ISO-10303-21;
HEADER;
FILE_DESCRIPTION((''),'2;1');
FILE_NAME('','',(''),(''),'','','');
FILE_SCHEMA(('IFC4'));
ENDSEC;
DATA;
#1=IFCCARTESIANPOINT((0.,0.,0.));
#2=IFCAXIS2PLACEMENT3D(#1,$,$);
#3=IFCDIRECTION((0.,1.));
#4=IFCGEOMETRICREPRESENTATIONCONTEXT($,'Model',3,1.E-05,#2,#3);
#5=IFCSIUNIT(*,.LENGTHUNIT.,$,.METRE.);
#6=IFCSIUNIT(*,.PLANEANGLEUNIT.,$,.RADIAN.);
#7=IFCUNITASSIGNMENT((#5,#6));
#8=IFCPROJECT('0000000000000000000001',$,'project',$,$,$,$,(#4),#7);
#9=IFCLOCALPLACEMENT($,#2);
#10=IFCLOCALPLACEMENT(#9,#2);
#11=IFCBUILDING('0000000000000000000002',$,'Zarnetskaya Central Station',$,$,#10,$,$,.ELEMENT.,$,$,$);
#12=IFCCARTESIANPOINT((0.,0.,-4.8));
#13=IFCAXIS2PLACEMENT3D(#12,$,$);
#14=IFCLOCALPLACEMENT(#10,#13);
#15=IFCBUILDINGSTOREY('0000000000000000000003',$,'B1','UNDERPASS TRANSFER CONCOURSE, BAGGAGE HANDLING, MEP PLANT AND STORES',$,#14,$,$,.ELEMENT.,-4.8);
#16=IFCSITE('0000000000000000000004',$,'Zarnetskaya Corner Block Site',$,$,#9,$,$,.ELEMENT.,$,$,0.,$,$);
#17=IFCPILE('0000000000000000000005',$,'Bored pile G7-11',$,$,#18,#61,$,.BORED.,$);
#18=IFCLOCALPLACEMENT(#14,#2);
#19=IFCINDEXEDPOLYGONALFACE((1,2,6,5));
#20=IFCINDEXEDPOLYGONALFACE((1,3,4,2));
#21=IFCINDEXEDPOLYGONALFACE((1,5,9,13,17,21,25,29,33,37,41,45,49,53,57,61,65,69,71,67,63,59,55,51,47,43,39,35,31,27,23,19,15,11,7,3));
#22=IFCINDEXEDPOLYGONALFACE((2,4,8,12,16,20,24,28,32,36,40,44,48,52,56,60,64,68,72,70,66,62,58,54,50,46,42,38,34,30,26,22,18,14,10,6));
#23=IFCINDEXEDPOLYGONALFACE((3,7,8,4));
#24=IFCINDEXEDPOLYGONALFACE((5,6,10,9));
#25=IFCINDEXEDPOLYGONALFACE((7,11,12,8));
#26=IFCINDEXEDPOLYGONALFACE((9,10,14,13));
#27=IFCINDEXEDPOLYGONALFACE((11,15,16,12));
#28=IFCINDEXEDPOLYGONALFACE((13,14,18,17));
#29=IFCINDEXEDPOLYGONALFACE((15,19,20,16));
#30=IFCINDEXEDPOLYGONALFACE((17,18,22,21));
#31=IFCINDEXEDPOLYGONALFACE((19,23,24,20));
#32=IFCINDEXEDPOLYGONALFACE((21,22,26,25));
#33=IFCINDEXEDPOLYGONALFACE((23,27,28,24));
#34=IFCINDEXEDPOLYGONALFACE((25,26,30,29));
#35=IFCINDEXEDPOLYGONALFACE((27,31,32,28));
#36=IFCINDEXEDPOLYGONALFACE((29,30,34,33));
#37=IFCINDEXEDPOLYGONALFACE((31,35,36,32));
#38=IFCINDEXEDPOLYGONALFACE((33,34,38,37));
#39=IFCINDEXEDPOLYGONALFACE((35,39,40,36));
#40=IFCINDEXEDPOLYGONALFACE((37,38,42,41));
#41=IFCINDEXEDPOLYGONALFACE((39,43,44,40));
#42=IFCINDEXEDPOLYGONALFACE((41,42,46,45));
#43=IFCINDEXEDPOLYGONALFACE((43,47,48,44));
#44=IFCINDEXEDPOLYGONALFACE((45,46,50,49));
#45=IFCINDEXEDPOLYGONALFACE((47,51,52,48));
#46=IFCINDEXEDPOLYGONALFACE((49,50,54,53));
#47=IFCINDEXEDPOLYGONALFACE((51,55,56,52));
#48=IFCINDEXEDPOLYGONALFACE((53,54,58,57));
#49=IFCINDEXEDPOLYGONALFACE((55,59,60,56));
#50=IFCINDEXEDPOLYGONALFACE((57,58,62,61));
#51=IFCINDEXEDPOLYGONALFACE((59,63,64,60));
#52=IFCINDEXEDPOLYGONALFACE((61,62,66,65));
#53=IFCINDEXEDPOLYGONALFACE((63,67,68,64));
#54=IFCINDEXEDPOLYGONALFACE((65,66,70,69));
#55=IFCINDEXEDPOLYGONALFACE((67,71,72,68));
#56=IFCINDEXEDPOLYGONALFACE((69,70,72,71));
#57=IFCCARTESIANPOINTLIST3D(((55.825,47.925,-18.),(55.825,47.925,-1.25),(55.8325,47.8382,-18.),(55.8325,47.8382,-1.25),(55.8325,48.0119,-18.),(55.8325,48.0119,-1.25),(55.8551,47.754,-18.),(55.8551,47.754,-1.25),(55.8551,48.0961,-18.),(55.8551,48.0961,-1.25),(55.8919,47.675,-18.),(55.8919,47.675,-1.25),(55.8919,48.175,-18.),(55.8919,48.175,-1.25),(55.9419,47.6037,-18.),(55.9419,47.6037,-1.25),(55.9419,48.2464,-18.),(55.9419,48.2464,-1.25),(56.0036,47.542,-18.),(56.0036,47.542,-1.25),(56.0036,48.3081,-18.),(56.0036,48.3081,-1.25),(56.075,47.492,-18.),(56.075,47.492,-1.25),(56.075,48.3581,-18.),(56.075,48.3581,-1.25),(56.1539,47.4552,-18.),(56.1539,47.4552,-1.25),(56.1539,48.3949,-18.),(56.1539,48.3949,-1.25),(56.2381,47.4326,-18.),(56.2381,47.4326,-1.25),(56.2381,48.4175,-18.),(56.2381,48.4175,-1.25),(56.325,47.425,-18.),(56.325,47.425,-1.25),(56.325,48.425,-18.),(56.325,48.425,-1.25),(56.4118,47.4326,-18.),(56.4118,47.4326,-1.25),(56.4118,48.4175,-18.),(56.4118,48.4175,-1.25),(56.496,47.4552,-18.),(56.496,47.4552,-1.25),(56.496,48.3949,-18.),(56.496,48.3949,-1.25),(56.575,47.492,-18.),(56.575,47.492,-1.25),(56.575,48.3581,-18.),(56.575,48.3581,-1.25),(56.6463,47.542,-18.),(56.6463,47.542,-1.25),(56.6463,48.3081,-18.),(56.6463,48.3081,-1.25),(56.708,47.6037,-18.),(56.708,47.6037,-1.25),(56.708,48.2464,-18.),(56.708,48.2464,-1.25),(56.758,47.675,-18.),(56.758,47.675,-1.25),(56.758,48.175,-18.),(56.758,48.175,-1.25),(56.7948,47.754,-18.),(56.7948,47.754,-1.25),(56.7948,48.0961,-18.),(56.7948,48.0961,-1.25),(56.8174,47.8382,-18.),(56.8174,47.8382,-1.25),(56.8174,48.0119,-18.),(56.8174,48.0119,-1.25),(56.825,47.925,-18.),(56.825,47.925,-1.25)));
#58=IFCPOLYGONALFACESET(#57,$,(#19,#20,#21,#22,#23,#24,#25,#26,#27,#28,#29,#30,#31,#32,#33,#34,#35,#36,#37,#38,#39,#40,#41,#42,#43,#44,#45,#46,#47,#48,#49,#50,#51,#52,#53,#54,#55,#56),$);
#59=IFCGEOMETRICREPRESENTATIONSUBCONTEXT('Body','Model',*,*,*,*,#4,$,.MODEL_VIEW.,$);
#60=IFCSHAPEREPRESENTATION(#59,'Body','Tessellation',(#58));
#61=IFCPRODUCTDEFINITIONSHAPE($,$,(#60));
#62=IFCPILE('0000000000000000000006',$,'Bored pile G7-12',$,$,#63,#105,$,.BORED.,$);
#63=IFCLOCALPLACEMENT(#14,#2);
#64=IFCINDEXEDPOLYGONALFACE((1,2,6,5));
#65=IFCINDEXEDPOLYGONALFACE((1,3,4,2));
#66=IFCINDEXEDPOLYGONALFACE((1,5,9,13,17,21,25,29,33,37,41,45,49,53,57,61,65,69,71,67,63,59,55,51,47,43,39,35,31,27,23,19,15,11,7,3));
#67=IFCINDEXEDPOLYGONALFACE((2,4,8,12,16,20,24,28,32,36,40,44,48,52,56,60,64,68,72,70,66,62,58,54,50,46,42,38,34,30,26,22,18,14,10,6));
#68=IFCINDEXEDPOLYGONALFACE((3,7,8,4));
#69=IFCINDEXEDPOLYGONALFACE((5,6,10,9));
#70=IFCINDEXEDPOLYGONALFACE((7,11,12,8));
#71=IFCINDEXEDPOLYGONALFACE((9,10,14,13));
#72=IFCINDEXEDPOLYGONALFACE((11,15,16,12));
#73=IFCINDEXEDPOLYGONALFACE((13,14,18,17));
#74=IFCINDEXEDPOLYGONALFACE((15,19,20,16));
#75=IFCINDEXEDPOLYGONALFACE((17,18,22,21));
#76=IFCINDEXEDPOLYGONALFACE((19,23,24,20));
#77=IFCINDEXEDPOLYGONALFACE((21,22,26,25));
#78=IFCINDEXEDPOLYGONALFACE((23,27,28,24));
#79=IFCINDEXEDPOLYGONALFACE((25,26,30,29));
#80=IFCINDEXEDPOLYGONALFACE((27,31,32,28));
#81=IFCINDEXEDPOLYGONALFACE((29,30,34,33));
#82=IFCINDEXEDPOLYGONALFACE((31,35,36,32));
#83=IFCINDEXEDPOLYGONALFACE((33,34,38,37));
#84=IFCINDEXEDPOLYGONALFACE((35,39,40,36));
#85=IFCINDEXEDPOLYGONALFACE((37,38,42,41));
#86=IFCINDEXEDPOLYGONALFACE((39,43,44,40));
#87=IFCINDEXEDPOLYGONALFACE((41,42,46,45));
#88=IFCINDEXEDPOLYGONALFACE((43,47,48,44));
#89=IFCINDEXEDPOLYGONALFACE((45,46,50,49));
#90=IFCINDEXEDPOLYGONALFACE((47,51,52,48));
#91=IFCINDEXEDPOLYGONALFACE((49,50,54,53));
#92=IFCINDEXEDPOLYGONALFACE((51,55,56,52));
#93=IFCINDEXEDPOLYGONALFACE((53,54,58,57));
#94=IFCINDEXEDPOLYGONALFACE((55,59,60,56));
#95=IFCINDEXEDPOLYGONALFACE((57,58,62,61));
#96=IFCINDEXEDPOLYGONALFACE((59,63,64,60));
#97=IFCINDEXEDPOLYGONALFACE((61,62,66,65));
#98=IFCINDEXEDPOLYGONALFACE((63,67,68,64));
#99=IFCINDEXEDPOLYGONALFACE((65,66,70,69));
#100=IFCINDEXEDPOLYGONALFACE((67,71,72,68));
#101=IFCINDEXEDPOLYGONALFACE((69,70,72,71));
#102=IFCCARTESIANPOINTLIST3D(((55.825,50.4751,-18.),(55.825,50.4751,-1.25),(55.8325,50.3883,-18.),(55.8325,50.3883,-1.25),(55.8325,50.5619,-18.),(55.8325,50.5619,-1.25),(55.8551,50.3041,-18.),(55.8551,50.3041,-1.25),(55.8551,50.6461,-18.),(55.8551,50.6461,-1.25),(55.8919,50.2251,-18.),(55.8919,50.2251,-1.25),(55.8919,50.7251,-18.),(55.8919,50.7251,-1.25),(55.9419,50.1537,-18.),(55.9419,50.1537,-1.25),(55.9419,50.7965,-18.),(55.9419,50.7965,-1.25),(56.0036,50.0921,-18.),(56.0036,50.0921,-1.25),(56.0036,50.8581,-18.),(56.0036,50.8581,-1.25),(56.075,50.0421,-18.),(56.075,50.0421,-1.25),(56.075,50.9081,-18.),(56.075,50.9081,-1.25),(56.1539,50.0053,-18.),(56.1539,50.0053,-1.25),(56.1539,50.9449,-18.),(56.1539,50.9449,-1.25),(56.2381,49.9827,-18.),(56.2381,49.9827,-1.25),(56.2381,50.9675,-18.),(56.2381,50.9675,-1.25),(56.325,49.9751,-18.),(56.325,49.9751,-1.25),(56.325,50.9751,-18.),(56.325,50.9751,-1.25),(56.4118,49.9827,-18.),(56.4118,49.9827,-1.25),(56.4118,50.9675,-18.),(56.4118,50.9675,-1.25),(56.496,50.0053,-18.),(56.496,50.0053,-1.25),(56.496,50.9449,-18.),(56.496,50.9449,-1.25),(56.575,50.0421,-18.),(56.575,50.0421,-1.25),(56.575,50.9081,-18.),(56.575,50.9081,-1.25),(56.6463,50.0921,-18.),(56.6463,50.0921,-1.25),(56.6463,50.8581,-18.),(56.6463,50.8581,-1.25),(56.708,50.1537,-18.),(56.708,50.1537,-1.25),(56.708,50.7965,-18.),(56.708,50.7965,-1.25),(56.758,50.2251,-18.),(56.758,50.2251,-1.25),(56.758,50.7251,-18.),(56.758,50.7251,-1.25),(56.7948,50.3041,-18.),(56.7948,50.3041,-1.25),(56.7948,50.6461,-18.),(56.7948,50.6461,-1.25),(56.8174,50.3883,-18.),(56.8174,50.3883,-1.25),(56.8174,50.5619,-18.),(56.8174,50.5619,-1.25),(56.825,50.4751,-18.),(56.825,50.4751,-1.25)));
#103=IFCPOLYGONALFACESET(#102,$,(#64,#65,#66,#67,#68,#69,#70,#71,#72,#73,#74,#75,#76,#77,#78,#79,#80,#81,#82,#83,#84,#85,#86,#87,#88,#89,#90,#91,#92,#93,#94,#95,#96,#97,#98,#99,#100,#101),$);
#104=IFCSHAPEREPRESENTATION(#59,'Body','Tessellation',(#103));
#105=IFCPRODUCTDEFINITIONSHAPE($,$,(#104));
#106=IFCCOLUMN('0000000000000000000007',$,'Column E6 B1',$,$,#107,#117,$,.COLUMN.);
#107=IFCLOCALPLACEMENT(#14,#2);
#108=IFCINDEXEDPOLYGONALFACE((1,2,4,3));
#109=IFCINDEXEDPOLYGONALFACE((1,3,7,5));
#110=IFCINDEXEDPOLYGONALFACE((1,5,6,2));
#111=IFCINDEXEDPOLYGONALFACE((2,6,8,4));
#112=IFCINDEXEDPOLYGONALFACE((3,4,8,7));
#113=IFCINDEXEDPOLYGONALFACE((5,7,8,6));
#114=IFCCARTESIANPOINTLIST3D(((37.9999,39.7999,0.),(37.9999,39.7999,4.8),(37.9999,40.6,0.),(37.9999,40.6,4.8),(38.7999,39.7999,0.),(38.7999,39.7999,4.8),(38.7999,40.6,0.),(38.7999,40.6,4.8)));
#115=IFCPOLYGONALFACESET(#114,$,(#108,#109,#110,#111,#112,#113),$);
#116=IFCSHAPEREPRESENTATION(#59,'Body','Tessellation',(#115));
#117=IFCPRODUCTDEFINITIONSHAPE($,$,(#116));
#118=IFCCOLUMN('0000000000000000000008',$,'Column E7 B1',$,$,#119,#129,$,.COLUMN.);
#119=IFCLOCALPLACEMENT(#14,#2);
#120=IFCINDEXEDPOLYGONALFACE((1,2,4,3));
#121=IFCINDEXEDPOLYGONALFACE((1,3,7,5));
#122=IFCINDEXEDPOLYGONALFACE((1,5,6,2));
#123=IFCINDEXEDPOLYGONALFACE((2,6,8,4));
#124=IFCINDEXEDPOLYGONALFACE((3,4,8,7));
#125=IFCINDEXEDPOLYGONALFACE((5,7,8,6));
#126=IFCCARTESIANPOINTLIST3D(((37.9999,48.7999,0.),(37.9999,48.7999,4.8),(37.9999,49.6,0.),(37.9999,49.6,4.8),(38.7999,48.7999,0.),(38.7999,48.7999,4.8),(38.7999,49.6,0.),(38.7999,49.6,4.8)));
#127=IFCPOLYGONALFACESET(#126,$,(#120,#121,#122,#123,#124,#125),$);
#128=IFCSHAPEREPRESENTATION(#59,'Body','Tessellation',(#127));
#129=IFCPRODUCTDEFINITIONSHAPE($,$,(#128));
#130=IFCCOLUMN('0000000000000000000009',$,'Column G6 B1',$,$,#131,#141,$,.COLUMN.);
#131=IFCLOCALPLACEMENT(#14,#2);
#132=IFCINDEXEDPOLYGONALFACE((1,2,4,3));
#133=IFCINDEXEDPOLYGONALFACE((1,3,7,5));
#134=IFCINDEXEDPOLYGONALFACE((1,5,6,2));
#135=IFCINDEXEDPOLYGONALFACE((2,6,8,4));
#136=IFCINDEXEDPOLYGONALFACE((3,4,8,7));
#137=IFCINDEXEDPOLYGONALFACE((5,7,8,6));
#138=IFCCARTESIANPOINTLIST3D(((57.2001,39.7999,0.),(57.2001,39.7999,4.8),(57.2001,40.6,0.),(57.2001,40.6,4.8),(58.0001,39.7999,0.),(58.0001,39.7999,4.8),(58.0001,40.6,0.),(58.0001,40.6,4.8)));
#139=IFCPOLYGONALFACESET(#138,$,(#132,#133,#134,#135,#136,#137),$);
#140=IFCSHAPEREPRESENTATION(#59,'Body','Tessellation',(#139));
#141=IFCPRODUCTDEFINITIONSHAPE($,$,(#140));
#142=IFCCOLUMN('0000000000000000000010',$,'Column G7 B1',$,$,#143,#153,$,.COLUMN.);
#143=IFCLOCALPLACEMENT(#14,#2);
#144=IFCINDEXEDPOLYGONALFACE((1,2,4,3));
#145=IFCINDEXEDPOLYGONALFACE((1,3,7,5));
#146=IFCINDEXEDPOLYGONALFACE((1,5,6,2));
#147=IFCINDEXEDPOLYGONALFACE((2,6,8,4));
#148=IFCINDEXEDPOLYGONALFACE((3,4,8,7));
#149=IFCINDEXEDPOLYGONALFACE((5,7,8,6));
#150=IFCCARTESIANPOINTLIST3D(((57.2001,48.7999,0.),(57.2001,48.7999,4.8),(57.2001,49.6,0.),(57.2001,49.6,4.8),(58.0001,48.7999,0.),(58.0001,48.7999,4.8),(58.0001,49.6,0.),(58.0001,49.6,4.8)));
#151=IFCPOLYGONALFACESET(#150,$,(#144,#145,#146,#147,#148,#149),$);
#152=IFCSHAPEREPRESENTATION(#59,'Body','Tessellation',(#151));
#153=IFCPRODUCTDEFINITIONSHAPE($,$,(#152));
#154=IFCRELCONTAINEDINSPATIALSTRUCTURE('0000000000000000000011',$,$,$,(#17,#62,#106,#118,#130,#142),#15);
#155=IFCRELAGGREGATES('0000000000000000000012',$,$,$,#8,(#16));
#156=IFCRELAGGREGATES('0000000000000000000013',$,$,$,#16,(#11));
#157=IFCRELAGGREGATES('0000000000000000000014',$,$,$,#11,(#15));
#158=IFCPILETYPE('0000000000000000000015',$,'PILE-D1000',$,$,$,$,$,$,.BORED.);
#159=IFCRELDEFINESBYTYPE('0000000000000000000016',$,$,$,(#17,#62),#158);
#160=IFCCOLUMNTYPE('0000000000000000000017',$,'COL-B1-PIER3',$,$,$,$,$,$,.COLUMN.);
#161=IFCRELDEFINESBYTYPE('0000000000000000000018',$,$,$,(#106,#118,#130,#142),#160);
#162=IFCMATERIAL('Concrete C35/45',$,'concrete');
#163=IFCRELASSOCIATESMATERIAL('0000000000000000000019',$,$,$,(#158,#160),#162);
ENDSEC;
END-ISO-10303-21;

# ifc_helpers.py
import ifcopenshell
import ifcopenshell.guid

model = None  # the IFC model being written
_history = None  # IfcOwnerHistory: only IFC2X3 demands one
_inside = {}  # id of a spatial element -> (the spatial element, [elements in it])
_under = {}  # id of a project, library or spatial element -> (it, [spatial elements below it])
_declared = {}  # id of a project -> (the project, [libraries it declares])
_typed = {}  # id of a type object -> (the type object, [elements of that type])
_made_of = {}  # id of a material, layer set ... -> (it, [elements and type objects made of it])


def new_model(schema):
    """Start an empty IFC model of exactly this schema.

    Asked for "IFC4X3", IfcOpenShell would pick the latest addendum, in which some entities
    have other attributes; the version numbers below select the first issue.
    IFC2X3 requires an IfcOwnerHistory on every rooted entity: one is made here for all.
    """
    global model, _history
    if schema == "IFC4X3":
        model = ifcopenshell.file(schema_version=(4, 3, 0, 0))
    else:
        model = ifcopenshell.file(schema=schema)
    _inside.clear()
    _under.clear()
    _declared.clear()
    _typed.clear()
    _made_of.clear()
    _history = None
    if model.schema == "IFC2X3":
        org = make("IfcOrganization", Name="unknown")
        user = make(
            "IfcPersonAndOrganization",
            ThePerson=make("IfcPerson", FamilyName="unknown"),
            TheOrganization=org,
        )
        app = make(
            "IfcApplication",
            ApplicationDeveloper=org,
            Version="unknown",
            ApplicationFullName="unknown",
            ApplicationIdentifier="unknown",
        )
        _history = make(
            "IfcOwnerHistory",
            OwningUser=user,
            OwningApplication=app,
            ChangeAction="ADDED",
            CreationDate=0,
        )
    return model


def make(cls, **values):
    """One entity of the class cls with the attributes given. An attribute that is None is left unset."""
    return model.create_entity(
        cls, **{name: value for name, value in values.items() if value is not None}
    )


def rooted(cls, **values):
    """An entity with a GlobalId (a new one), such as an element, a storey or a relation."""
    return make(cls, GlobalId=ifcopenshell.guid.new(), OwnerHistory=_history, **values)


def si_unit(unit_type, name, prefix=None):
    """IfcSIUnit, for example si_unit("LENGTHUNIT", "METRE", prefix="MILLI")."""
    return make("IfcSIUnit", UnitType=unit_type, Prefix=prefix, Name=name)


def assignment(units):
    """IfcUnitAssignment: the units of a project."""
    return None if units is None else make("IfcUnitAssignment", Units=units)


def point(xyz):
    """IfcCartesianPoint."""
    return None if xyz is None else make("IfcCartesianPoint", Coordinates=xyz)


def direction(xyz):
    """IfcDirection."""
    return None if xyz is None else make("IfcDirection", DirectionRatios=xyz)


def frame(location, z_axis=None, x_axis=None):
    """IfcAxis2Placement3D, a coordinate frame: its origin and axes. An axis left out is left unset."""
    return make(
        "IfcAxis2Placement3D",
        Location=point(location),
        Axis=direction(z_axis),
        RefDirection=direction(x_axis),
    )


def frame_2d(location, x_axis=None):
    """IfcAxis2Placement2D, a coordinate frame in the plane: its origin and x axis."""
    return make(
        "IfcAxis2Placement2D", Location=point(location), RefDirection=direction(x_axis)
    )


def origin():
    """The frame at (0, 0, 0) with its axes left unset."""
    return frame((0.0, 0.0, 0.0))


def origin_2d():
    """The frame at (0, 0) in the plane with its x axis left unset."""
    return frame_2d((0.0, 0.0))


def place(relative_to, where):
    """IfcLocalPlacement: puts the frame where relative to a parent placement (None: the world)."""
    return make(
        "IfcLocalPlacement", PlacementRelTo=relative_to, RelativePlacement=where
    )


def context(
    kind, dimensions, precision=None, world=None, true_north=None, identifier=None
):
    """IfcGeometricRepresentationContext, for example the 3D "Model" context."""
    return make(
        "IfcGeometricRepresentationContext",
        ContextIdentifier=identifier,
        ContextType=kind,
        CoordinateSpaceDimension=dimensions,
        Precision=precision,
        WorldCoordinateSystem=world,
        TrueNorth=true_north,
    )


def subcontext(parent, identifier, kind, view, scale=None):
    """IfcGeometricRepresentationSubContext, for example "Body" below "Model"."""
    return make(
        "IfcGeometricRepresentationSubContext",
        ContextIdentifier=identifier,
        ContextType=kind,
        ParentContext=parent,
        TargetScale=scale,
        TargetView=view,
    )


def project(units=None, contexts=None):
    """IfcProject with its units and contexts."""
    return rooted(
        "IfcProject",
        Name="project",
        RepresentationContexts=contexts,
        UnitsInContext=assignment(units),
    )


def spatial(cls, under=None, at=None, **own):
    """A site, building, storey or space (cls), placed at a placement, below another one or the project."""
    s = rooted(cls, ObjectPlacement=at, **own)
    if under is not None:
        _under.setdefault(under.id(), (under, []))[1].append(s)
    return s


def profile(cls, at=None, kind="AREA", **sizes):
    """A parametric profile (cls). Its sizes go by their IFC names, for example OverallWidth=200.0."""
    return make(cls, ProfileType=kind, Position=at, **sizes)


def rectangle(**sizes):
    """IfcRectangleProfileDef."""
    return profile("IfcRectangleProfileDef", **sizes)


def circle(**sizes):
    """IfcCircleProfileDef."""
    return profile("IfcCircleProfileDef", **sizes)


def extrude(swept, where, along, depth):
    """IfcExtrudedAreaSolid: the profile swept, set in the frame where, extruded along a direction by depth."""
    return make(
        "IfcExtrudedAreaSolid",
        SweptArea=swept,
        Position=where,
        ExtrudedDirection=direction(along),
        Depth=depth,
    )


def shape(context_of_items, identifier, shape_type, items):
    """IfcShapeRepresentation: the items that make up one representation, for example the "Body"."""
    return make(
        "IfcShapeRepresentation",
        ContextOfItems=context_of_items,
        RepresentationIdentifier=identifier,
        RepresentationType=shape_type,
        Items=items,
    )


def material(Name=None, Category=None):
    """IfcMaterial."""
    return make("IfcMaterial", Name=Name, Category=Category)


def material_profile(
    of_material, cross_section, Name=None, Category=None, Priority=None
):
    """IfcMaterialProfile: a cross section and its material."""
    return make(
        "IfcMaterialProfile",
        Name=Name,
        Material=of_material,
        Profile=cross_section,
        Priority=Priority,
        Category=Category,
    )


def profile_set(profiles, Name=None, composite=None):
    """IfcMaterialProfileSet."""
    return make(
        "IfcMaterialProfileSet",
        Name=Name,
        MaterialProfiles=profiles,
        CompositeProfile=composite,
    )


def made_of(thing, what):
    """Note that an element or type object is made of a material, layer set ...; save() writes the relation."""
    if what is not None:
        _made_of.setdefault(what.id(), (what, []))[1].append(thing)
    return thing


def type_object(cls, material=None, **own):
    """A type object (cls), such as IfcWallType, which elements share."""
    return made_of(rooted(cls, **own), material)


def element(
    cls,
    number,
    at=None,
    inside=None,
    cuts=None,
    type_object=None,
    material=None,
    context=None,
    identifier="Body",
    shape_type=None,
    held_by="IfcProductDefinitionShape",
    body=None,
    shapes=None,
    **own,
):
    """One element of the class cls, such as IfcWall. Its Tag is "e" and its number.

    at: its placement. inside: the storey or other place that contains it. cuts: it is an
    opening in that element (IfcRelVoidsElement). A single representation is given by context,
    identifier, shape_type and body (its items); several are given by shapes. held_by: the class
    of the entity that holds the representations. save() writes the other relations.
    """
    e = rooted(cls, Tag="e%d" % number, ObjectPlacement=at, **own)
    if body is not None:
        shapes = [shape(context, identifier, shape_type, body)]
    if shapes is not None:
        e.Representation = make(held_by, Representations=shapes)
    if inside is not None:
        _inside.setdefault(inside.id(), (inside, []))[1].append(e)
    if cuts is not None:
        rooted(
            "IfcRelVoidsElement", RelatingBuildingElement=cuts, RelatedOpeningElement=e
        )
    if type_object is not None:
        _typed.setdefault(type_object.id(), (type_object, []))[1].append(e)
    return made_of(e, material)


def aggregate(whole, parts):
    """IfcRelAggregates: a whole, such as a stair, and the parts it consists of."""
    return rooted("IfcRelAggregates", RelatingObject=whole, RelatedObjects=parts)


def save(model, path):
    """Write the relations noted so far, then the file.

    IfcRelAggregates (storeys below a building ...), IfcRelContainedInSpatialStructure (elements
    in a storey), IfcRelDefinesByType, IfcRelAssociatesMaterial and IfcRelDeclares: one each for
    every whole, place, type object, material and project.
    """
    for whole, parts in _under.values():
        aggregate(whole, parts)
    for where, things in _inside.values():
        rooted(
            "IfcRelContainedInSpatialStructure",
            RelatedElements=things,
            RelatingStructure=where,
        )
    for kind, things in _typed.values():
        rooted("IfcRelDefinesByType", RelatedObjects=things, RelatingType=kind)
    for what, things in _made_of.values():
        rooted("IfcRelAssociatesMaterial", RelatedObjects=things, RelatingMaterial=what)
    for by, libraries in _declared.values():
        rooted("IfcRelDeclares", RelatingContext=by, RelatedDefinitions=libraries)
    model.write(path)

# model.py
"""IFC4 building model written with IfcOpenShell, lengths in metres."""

from ifc_helpers import new_model, si_unit, direction, frame, origin, origin_2d, place, context, subcontext, project, spatial, rectangle, circle, extrude, material, material_profile, profile_set, type_object, element, save


model = new_model("IFC4")

# Units and contexts
model_context = context("Model", 3, precision=1e-05, world=origin(), true_north=direction((0.0, 1.0)))
body_context = subcontext(model_context, "Body", "Model", "MODEL_VIEW")
ifc_project = project(units=[si_unit("LENGTHUNIT", "METRE"), si_unit("PLANEANGLEUNIT", "RADIAN")], contexts=[model_context])

# Site, building, storey
site_placement = place(None, origin())
site = spatial("IfcSite", under=ifc_project, at=site_placement, Name="Zarnetskaya Corner Block Site", CompositionType="ELEMENT", RefElevation=0.0)
building_placement = place(site_placement, origin())
building = spatial("IfcBuilding", under=site, at=building_placement, Name="Zarnetskaya Central Station", CompositionType="ELEMENT")
storey_placement = place(building_placement, frame((0.0, 0.0, -4.8)))
storey = spatial("IfcBuildingStorey", under=building, at=storey_placement, Name="B1", Description="UNDERPASS TRANSFER CONCOURSE, BAGGAGE HANDLING, MEP PLANT AND STORES", CompositionType="ELEMENT", Elevation=-4.8)

# Shared definitions
ifc_material = material(Name="Concrete C35/45", Category="concrete")

# Piles
ifc_material_profile_1 = material_profile(ifc_material, circle(Radius=0.5, at=origin_2d()), Name="BORED PILE D1000")
ifc_profile_set_1 = profile_set([ifc_material_profile_1], Name="Concrete C35/45")
pile_type = type_object("IfcPileType", Name="PILE-D1000", PredefinedType="BORED", material=ifc_profile_set_1)
for number, where, z_axis, x_axis, name in (
    (1, (56.325, 47.925, -1.25), (0.0, 0.0, -1.0), (1.0, 0.0, 0.0), "Bored pile G7-11"),
    (2, (56.325, 50.4751, -1.25), (0.0, 0.0, -1.0), (1.0, 0.0, 0.0), "Bored pile G7-12"),
):
    element("IfcPile", number, at=place(storey_placement, frame(where, z_axis=z_axis, x_axis=x_axis)), inside=storey, type_object=pile_type, Name=name, PredefinedType="BORED", context=body_context, shape_type="SweptSolid", body=[
        extrude(circle(Radius=0.5, at=origin_2d()), origin(), (0.0, 0.0, 1.0), 16.75),
    ])

# Columns
ifc_material_profile_2 = material_profile(ifc_material, rectangle(XDim=0.8, YDim=0.8, at=origin_2d()), Name="RC 800x800")
ifc_profile_set_2 = profile_set([ifc_material_profile_2], Name="Concrete C35/45")
column_type = type_object("IfcColumnType", Name="COL-B1-PIER3", PredefinedType="COLUMN", material=ifc_profile_set_2)
for number, where, z_axis, x_axis, name in (
    (3, (38.3999, 40.2, 0.0), (0.0, 0.0, 1.0), (1.0, 0.0, 0.0), "Column E6 B1"),
    (4, (38.3999, 49.2, 0.0), (0.0, 0.0, 1.0), (1.0, 0.0, 0.0), "Column E7 B1"),
    (5, (57.6001, 40.2, 0.0), (0.0, 0.0, 1.0), (1.0, 0.0, 0.0), "Column G6 B1"),
    (6, (57.6001, 49.2, 0.0), (0.0, 0.0, 1.0), (1.0, 0.0, 0.0), "Column G7 B1"),
):
    element("IfcColumn", number, at=place(storey_placement, frame(where, z_axis=z_axis, x_axis=x_axis)), inside=storey, type_object=column_type, Name=name, PredefinedType="COLUMN", context=body_context, shape_type="SweptSolid", body=[
        extrude(rectangle(XDim=0.8, YDim=0.8, at=origin_2d()), origin(), (0.0, 0.0, 1.0), 4.8),
    ])

save(model, "model.ifc")
